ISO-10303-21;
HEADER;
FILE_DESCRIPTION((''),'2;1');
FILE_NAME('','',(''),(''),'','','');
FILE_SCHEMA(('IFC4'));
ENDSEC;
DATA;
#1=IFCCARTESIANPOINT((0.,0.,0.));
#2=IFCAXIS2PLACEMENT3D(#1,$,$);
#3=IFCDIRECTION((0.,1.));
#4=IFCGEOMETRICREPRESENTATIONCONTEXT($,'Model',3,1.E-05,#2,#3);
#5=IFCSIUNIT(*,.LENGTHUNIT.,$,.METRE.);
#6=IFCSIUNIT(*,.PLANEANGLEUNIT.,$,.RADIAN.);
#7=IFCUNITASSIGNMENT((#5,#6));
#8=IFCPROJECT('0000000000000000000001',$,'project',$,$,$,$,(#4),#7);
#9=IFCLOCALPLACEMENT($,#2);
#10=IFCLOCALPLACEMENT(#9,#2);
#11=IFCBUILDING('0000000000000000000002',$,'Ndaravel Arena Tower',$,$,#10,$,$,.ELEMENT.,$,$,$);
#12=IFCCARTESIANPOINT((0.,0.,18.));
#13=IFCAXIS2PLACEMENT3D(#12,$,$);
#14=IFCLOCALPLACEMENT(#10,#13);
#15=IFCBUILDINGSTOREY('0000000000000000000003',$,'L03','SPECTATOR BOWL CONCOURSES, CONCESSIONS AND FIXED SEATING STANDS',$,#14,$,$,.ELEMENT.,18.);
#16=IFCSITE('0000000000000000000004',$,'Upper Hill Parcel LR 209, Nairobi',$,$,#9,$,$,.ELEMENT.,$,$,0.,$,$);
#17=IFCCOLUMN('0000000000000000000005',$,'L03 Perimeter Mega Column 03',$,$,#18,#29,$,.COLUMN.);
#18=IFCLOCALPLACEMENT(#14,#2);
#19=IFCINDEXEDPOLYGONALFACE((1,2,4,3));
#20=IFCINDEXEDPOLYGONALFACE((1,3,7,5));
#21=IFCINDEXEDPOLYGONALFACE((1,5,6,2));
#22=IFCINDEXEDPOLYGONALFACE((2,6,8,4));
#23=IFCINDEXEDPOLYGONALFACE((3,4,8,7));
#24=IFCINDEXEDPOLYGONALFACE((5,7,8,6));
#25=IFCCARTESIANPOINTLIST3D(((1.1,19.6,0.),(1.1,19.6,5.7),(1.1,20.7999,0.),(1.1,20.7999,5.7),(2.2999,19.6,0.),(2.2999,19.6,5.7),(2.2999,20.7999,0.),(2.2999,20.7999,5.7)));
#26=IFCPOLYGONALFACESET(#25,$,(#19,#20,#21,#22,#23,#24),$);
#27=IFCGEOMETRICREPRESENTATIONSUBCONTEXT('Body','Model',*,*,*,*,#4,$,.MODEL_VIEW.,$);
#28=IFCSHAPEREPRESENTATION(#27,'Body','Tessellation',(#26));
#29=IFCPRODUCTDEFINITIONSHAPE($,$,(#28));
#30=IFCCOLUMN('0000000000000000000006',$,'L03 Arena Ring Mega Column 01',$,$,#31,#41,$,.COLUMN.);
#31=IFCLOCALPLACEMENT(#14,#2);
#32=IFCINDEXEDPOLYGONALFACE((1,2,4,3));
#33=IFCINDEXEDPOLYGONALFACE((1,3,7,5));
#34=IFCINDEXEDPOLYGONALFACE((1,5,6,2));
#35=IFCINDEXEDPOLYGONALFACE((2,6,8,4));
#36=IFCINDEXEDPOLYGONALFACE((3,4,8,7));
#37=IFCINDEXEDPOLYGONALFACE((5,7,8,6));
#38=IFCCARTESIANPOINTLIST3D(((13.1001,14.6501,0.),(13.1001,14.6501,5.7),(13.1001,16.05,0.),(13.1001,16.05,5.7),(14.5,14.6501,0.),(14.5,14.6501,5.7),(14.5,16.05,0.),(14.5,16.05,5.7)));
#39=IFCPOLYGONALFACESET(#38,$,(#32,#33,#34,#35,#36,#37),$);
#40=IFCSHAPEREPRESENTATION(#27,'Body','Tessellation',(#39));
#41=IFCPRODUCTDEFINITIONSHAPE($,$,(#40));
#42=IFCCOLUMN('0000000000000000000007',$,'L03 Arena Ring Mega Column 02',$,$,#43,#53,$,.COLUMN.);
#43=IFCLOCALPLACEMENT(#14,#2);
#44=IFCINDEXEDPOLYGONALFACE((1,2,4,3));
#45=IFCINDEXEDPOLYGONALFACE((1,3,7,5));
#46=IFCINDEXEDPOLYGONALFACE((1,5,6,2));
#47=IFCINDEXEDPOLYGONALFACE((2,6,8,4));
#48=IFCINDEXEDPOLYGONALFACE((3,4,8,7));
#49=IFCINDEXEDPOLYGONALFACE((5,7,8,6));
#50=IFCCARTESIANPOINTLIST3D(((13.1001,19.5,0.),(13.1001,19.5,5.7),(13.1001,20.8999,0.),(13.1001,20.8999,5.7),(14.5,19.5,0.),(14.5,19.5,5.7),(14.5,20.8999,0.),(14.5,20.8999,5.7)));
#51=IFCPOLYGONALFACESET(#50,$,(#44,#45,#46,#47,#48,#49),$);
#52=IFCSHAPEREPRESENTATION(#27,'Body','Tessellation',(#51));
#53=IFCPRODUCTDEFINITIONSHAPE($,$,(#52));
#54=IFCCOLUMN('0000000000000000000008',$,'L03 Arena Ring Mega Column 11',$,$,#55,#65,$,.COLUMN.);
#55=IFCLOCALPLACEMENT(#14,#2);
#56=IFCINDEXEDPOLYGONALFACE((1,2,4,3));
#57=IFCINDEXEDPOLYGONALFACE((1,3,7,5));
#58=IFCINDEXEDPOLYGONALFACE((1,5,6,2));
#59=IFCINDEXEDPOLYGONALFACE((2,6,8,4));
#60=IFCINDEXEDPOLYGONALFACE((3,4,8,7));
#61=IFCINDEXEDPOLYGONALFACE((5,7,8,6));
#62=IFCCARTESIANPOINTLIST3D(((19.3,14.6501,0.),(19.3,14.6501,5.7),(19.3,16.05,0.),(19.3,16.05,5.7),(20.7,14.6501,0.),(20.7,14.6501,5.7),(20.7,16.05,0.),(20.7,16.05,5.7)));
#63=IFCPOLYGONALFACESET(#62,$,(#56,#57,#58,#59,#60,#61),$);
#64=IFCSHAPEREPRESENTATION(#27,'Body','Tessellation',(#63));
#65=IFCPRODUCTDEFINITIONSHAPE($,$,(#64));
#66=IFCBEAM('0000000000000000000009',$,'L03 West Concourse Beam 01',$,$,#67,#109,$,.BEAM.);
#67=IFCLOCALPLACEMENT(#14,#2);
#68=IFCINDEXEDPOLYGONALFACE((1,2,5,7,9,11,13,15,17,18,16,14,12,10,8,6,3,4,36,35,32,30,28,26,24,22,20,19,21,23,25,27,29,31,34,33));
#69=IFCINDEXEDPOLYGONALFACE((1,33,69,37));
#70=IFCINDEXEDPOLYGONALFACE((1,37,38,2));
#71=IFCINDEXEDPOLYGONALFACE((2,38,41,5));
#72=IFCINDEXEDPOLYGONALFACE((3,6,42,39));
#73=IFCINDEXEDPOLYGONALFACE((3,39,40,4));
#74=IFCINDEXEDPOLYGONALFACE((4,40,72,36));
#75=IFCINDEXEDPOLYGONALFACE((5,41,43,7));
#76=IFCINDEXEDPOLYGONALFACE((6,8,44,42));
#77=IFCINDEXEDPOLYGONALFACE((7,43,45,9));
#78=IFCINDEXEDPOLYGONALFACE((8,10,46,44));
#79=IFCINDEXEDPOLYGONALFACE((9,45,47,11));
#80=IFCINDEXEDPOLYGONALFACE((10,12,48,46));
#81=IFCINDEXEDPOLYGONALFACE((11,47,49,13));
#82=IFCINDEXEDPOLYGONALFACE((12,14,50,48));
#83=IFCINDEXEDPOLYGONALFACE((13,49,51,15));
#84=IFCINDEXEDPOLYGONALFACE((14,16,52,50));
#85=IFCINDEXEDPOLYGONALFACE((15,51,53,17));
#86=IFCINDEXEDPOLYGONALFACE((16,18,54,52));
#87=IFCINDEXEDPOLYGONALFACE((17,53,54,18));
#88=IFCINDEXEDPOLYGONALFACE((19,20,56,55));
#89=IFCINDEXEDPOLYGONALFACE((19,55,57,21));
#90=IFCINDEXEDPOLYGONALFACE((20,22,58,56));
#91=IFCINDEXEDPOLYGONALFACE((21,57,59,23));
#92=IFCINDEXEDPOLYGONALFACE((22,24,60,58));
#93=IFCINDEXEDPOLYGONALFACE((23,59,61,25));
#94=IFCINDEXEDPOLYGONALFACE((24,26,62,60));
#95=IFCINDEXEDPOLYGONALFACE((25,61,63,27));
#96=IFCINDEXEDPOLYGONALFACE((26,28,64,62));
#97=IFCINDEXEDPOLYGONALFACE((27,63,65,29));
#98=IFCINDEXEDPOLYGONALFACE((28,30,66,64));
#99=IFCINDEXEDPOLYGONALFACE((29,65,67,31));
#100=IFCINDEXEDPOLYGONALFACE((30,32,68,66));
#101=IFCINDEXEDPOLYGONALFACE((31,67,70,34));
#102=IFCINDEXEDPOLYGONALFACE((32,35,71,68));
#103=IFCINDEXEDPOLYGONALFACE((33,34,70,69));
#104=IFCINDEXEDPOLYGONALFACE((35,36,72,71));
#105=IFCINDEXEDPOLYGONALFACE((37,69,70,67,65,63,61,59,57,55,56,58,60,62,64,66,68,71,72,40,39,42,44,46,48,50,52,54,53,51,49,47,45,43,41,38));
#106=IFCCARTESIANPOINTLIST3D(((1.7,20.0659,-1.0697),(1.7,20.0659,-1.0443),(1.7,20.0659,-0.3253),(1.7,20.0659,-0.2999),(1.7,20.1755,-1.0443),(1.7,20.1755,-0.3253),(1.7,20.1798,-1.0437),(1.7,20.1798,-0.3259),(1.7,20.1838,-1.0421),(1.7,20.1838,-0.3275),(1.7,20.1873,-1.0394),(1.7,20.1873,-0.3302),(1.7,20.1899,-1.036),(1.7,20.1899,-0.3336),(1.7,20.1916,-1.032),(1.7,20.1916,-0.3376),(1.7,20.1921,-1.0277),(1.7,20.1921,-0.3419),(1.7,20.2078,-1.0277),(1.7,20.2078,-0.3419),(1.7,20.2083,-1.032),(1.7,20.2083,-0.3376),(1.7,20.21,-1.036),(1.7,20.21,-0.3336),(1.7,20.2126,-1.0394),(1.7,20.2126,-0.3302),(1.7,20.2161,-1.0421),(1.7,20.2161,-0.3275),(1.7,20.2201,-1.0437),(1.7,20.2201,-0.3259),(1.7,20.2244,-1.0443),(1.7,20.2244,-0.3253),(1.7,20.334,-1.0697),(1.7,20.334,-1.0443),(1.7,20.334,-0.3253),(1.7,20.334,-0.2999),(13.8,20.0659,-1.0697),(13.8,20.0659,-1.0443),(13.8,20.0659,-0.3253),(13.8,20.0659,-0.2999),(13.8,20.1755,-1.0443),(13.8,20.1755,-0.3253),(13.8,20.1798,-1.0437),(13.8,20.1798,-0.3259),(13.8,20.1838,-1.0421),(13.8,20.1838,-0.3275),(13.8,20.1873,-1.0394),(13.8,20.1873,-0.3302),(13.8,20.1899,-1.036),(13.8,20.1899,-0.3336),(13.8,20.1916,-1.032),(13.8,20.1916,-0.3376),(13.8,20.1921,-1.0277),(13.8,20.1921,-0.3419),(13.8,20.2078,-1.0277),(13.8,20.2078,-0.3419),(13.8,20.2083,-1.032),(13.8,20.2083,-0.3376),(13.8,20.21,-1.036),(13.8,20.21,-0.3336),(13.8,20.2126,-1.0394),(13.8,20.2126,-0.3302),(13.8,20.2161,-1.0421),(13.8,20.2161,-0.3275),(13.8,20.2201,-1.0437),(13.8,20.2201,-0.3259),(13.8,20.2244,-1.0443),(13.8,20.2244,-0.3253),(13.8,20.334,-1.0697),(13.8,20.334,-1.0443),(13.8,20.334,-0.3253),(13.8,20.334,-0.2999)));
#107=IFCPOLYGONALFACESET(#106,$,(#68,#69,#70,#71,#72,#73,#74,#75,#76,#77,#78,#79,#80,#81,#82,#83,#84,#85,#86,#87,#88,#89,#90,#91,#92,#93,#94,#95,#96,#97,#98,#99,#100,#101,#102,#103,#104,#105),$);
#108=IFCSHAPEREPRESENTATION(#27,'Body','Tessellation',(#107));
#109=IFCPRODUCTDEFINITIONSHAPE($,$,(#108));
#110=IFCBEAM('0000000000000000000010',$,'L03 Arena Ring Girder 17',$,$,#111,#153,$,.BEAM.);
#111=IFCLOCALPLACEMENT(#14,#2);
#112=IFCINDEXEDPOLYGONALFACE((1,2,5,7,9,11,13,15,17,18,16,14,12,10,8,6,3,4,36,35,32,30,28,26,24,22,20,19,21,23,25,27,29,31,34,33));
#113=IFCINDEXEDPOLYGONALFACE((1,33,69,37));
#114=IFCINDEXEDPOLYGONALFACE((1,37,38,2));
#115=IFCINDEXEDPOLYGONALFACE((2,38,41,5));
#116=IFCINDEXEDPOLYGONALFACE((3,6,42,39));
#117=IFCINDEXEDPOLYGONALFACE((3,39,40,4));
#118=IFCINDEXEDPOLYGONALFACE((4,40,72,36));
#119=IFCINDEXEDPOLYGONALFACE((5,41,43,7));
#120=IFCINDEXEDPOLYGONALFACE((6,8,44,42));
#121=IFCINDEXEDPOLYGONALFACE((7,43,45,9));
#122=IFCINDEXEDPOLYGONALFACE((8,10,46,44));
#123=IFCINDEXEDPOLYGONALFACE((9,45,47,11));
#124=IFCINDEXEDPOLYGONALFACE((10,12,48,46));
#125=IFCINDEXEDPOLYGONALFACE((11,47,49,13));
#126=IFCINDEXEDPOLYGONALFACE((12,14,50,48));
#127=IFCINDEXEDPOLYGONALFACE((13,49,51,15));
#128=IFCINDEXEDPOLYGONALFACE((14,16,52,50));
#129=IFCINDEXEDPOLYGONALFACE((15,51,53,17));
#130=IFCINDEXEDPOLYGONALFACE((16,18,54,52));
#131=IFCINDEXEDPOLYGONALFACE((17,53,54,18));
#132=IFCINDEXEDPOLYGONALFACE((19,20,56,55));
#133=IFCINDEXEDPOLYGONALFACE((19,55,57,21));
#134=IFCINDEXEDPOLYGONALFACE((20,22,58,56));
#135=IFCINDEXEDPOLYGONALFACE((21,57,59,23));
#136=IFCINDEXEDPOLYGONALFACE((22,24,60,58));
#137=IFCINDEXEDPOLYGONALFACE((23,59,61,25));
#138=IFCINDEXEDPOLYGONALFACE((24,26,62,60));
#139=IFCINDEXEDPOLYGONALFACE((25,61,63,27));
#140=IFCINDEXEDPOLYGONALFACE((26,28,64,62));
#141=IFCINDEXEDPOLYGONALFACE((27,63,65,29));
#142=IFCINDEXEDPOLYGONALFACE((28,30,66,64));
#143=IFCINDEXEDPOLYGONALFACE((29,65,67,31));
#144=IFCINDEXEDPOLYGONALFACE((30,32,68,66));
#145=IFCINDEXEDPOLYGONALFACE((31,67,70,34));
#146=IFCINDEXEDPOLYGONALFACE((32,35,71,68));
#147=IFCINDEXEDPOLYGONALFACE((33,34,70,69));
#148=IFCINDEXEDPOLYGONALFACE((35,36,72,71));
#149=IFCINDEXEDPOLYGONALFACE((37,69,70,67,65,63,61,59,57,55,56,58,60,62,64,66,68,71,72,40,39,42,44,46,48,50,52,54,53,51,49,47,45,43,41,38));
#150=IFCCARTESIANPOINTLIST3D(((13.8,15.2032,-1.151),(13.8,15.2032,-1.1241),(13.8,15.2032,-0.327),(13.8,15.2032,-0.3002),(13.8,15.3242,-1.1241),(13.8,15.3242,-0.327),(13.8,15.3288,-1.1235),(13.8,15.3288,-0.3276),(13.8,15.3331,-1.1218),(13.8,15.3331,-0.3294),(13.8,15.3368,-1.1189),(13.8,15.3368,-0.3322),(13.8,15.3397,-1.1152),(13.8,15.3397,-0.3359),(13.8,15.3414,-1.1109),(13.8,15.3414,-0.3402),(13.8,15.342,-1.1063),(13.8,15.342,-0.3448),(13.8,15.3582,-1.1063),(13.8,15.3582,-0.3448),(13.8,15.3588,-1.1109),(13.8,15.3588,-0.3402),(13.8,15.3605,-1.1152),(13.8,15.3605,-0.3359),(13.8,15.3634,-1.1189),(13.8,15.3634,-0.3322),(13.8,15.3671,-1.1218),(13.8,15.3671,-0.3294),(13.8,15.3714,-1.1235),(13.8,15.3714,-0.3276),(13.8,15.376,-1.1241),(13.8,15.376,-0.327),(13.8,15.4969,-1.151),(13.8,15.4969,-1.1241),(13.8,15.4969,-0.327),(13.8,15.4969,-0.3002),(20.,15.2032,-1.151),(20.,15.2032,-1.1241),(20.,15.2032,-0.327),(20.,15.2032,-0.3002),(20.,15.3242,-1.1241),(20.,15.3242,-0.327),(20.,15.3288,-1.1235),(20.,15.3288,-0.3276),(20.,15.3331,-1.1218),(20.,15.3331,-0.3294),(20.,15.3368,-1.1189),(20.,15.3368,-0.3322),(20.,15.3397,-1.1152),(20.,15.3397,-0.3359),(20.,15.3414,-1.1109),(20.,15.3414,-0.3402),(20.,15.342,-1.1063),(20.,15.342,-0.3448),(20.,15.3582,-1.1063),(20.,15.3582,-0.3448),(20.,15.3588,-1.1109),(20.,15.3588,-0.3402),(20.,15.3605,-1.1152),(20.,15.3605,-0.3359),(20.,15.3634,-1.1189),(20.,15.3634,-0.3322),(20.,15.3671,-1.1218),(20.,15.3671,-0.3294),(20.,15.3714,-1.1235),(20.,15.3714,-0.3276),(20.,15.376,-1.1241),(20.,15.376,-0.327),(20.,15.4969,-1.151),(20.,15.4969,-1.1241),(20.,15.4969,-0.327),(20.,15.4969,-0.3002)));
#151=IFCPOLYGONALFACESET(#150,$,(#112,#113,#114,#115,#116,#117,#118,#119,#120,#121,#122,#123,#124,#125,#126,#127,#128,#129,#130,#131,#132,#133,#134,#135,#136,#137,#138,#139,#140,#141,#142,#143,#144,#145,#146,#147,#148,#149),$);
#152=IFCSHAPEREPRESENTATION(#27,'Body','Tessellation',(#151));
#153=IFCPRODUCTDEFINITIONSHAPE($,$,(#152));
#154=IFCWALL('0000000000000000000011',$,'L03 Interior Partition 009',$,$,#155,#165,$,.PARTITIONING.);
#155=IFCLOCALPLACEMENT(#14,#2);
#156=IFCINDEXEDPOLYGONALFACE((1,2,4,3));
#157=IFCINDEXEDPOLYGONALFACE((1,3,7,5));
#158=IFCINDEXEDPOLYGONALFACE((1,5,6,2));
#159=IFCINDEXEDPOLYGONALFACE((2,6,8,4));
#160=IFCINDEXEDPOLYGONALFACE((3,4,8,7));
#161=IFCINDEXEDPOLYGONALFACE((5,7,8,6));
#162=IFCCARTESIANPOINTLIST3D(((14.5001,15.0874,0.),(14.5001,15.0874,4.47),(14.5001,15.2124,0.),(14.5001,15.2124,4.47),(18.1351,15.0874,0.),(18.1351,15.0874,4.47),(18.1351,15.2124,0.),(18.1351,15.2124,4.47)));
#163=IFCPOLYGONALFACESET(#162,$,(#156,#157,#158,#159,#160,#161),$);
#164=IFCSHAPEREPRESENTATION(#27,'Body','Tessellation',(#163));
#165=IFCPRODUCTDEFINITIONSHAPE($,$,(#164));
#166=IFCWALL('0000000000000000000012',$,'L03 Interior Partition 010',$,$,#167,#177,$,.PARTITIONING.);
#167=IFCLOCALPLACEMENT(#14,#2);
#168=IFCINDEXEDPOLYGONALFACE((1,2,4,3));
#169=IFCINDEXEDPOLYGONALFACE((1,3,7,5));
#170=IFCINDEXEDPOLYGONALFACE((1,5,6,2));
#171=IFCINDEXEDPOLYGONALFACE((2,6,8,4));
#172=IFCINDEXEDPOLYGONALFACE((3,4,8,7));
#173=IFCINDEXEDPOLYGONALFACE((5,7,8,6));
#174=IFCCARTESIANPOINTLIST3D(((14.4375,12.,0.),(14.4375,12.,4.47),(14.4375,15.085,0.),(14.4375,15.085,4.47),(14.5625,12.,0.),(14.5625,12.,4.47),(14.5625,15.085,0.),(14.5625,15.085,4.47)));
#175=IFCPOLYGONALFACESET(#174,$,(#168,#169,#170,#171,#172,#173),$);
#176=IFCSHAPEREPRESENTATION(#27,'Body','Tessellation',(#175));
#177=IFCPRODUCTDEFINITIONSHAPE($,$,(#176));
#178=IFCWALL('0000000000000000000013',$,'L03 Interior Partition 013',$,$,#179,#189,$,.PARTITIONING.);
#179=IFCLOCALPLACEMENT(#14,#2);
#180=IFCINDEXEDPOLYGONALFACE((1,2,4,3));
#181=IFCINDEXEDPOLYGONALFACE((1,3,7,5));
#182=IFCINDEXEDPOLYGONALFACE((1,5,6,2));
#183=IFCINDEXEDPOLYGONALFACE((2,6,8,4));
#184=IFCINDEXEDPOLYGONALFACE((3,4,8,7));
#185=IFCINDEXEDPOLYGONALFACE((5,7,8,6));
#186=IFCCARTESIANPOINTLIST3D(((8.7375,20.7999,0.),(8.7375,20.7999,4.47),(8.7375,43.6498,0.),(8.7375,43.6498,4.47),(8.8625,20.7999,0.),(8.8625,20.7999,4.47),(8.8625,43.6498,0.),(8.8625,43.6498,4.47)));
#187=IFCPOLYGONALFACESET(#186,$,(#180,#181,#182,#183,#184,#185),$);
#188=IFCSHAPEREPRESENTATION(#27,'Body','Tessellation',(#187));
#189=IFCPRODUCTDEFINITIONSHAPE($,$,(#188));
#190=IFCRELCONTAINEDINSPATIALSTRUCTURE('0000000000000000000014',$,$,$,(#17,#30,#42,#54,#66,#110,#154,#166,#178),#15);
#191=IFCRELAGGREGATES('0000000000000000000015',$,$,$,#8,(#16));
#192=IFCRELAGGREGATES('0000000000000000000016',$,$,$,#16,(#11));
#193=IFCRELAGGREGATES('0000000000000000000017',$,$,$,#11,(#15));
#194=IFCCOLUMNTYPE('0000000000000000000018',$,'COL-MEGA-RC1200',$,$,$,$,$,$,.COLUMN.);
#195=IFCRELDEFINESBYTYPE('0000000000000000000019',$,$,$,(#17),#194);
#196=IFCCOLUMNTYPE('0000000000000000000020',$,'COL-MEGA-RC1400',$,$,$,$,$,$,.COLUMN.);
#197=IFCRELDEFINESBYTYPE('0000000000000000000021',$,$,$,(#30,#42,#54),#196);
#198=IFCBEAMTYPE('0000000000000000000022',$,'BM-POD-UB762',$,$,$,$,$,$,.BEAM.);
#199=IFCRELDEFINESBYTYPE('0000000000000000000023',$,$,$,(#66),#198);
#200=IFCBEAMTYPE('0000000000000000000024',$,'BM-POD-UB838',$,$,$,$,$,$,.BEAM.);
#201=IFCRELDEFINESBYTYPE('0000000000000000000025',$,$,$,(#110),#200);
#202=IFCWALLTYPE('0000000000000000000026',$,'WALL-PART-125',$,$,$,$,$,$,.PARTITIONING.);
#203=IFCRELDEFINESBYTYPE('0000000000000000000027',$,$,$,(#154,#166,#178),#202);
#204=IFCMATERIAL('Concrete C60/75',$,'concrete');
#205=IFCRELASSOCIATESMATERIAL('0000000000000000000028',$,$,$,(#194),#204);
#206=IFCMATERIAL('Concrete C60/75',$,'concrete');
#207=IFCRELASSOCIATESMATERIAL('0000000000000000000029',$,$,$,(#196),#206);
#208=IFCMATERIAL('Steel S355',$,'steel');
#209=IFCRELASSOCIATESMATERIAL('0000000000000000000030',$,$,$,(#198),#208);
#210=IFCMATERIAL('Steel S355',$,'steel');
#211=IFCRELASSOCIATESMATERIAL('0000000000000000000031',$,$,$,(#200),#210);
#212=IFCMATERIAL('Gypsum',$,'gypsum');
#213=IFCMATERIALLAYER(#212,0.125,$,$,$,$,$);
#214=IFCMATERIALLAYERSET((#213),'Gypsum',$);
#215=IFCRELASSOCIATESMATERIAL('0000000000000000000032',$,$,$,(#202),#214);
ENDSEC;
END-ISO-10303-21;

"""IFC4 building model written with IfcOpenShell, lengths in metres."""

from ifc_helpers import new_model, si_unit, direction, frame, frame_2d, origin, origin_2d, place, context, subcontext, project, spatial, rectangle, i_section, extrude, material, layer, layer_set, material_profile, profile_set, type_object, element, save


model = new_model("IFC4")

# Units and contexts
model_context = context("Model", 3, precision=1e-05, world=origin(), true_north=direction((0.0, 1.0)))
body_context = subcontext(model_context, "Body", "Model", "MODEL_VIEW")
ifc_project = project(units=[si_unit("LENGTHUNIT", "METRE"), si_unit("PLANEANGLEUNIT", "RADIAN")], contexts=[model_context])

# Site, building, storey
site_placement = place(None, origin())
site = spatial("IfcSite", under=ifc_project, at=site_placement, Name="Upper Hill Parcel LR 209, Nairobi", CompositionType="ELEMENT", RefElevation=0.0)
building_placement = place(site_placement, origin())
building = spatial("IfcBuilding", under=site, at=building_placement, Name="Ndaravel Arena Tower", CompositionType="ELEMENT")
storey_placement = place(building_placement, frame((0.0, 0.0, 18.0)))
storey = spatial("IfcBuildingStorey", under=building, at=storey_placement, Name="L03", Description="SPECTATOR BOWL CONCOURSES, CONCESSIONS AND FIXED SEATING STANDS", CompositionType="ELEMENT", Elevation=18.0)

# Columns
ifc_material_1 = material(Name="Concrete C60/75", Category="concrete")
ifc_material_profile_1 = material_profile(ifc_material_1, rectangle(XDim=1.2, YDim=1.2, at=origin_2d()), Name="RC 1200x1200")
ifc_profile_set_1 = profile_set([ifc_material_profile_1], Name="Concrete C60/75")
column_type_1 = type_object("IfcColumnType", Name="COL-MEGA-RC1200", PredefinedType="COLUMN", material=ifc_profile_set_1)
column_placement = place(storey_placement, frame((1.7, 20.2, 0.0), z_axis=(0.0, 0.0, 1.0), x_axis=(1.0, 0.0, 0.0)))
element("IfcColumn", 1, at=column_placement, inside=storey, type_object=column_type_1, Name="L03 Perimeter Mega Column 03", PredefinedType="COLUMN", context=body_context, shape_type="SweptSolid", body=[
    extrude(rectangle(XDim=1.2, YDim=1.2, at=origin_2d()), origin(), (0.0, 0.0, 1.0), 5.7),
])
ifc_material_2 = material(Name="Concrete C60/75", Category="concrete")
ifc_material_profile_2 = material_profile(ifc_material_2, rectangle(XDim=1.3999, YDim=1.3999, at=origin_2d()), Name="RC 1400x1400")
ifc_profile_set_2 = profile_set([ifc_material_profile_2], Name="Concrete C60/75")
column_type_2 = type_object("IfcColumnType", Name="COL-MEGA-RC1400", PredefinedType="COLUMN", material=ifc_profile_set_2)
for number, where, z_axis, x_axis, name in (
    (2, (13.8, 15.3501, 0.0), (0.0, 0.0, 1.0), (1.0, 0.0, 0.0), "L03 Arena Ring Mega Column 01"),
    (3, (13.8, 20.2, 0.0), (0.0, 0.0, 1.0), (1.0, 0.0, 0.0), "L03 Arena Ring Mega Column 02"),
    (4, (20.0, 15.3501, 0.0), (0.0, 0.0, 1.0), (1.0, 0.0, 0.0), "L03 Arena Ring Mega Column 11"),
):
    element("IfcColumn", number, at=place(storey_placement, frame(where, z_axis=z_axis, x_axis=x_axis)), inside=storey, type_object=column_type_2, Name=name, PredefinedType="COLUMN", context=body_context, shape_type="SweptSolid", body=[
        extrude(rectangle(XDim=1.3999, YDim=1.3999, at=origin_2d()), origin(), (0.0, 0.0, 1.0), 5.7),
    ])

# Beams
ifc_material_3 = material(Name="Steel S355", Category="steel")
ifc_material_profile_3 = material_profile(ifc_material_3, i_section(OverallWidth=0.2681, OverallDepth=0.7698, WebThickness=0.0156, FlangeThickness=0.0254, FilletRadius=0.0166, at=origin_2d()), Name="UB 762x267x197")
ifc_profile_set_3 = profile_set([ifc_material_profile_3], Name="Steel S355")
beam_type_1 = type_object("IfcBeamType", Name="BM-POD-UB762", PredefinedType="BEAM", material=ifc_profile_set_3)
beam_1_placement = place(storey_placement, frame((1.7, 20.2, -0.6848), z_axis=(1.0, 0.0, 0.0), x_axis=(0.0, 1.0, 0.0)))
element("IfcBeam", 5, at=beam_1_placement, inside=storey, type_object=beam_type_1, Name="L03 West Concourse Beam 01", PredefinedType="BEAM", context=body_context, shape_type="SweptSolid", body=[
    extrude(i_section(OverallWidth=0.2681, OverallDepth=0.7698, WebThickness=0.0156, FlangeThickness=0.0254, FilletRadius=0.0166, at=origin_2d()), origin(), (0.0, 0.0, 1.0), 12.1001),
])
ifc_material_4 = material(Name="Steel S355", Category="steel")
ifc_material_profile_4 = material_profile(ifc_material_4, i_section(OverallWidth=0.2937, OverallDepth=0.8508, WebThickness=0.0161, FlangeThickness=0.0269, FilletRadius=0.0178, at=origin_2d()), Name="UB 838x292x226")
ifc_profile_set_4 = profile_set([ifc_material_profile_4], Name="Steel S355")
beam_type_2 = type_object("IfcBeamType", Name="BM-POD-UB838", PredefinedType="BEAM", material=ifc_profile_set_4)
beam_2_placement = place(storey_placement, frame((13.8, 15.3501, -0.7256), z_axis=(1.0, 0.0, 0.0), x_axis=(0.0, 1.0, 0.0)))
element("IfcBeam", 6, at=beam_2_placement, inside=storey, type_object=beam_type_2, Name="L03 Arena Ring Girder 17", PredefinedType="BEAM", context=body_context, shape_type="SweptSolid", body=[
    extrude(i_section(OverallWidth=0.2937, OverallDepth=0.8508, WebThickness=0.0161, FlangeThickness=0.0269, FilletRadius=0.0178, at=origin_2d()), origin(), (0.0, 0.0, 1.0), 6.2),
])

# Walls
ifc_material_5 = material(Name="Gypsum", Category="gypsum")
ifc_layer_1 = layer(ifc_material_5, 0.125)
ifc_layer_set_1 = layer_set([ifc_layer_1], Name="Gypsum")
wall_type_1 = type_object("IfcWallType", Name="WALL-PART-125", PredefinedType="PARTITIONING", material=ifc_layer_set_1)
wall_1_placement = place(storey_placement, frame((18.135, 15.1499, 0.0), z_axis=(0.0, 0.0, 1.0), x_axis=(-1.0, 0.0, 0.0)))
element("IfcWall", 7, at=wall_1_placement, inside=storey, type_object=wall_type_1, Name="L03 Interior Partition 009", PredefinedType="PARTITIONING", context=body_context, shape_type="SweptSolid", body=[
    extrude(rectangle(XDim=3.635, YDim=0.125, at=frame_2d((1.8174, 0.0))), origin(), (0.0, 0.0, 1.0), 4.47),
])
wall_2_placement = place(storey_placement, frame((14.5, 15.085, 0.0), z_axis=(0.0, 0.0, 1.0), x_axis=(0.0, -1.0, 0.0)))
element("IfcWall", 8, at=wall_2_placement, inside=storey, type_object=wall_type_1, Name="L03 Interior Partition 010", PredefinedType="PARTITIONING", context=body_context, shape_type="SweptSolid", body=[
    extrude(rectangle(XDim=3.085, YDim=0.125, at=frame_2d((1.5425, 0.0))), origin(), (0.0, 0.0, 1.0), 4.47),
])
wall_3_placement = place(storey_placement, frame((8.8, 20.8, 0.0), z_axis=(0.0, 0.0, 1.0), x_axis=(0.0, 1.0, 0.0)))
element("IfcWall", 9, at=wall_3_placement, inside=storey, type_object=wall_type_1, Name="L03 Interior Partition 013", PredefinedType="PARTITIONING", context=body_context, shape_type="SweptSolid", body=[
    extrude(rectangle(XDim=22.8499, YDim=0.125, at=frame_2d((11.4248, 0.0))), origin(), (0.0, 0.0, 1.0), 4.47),
])

save(model, "model.ifc")
